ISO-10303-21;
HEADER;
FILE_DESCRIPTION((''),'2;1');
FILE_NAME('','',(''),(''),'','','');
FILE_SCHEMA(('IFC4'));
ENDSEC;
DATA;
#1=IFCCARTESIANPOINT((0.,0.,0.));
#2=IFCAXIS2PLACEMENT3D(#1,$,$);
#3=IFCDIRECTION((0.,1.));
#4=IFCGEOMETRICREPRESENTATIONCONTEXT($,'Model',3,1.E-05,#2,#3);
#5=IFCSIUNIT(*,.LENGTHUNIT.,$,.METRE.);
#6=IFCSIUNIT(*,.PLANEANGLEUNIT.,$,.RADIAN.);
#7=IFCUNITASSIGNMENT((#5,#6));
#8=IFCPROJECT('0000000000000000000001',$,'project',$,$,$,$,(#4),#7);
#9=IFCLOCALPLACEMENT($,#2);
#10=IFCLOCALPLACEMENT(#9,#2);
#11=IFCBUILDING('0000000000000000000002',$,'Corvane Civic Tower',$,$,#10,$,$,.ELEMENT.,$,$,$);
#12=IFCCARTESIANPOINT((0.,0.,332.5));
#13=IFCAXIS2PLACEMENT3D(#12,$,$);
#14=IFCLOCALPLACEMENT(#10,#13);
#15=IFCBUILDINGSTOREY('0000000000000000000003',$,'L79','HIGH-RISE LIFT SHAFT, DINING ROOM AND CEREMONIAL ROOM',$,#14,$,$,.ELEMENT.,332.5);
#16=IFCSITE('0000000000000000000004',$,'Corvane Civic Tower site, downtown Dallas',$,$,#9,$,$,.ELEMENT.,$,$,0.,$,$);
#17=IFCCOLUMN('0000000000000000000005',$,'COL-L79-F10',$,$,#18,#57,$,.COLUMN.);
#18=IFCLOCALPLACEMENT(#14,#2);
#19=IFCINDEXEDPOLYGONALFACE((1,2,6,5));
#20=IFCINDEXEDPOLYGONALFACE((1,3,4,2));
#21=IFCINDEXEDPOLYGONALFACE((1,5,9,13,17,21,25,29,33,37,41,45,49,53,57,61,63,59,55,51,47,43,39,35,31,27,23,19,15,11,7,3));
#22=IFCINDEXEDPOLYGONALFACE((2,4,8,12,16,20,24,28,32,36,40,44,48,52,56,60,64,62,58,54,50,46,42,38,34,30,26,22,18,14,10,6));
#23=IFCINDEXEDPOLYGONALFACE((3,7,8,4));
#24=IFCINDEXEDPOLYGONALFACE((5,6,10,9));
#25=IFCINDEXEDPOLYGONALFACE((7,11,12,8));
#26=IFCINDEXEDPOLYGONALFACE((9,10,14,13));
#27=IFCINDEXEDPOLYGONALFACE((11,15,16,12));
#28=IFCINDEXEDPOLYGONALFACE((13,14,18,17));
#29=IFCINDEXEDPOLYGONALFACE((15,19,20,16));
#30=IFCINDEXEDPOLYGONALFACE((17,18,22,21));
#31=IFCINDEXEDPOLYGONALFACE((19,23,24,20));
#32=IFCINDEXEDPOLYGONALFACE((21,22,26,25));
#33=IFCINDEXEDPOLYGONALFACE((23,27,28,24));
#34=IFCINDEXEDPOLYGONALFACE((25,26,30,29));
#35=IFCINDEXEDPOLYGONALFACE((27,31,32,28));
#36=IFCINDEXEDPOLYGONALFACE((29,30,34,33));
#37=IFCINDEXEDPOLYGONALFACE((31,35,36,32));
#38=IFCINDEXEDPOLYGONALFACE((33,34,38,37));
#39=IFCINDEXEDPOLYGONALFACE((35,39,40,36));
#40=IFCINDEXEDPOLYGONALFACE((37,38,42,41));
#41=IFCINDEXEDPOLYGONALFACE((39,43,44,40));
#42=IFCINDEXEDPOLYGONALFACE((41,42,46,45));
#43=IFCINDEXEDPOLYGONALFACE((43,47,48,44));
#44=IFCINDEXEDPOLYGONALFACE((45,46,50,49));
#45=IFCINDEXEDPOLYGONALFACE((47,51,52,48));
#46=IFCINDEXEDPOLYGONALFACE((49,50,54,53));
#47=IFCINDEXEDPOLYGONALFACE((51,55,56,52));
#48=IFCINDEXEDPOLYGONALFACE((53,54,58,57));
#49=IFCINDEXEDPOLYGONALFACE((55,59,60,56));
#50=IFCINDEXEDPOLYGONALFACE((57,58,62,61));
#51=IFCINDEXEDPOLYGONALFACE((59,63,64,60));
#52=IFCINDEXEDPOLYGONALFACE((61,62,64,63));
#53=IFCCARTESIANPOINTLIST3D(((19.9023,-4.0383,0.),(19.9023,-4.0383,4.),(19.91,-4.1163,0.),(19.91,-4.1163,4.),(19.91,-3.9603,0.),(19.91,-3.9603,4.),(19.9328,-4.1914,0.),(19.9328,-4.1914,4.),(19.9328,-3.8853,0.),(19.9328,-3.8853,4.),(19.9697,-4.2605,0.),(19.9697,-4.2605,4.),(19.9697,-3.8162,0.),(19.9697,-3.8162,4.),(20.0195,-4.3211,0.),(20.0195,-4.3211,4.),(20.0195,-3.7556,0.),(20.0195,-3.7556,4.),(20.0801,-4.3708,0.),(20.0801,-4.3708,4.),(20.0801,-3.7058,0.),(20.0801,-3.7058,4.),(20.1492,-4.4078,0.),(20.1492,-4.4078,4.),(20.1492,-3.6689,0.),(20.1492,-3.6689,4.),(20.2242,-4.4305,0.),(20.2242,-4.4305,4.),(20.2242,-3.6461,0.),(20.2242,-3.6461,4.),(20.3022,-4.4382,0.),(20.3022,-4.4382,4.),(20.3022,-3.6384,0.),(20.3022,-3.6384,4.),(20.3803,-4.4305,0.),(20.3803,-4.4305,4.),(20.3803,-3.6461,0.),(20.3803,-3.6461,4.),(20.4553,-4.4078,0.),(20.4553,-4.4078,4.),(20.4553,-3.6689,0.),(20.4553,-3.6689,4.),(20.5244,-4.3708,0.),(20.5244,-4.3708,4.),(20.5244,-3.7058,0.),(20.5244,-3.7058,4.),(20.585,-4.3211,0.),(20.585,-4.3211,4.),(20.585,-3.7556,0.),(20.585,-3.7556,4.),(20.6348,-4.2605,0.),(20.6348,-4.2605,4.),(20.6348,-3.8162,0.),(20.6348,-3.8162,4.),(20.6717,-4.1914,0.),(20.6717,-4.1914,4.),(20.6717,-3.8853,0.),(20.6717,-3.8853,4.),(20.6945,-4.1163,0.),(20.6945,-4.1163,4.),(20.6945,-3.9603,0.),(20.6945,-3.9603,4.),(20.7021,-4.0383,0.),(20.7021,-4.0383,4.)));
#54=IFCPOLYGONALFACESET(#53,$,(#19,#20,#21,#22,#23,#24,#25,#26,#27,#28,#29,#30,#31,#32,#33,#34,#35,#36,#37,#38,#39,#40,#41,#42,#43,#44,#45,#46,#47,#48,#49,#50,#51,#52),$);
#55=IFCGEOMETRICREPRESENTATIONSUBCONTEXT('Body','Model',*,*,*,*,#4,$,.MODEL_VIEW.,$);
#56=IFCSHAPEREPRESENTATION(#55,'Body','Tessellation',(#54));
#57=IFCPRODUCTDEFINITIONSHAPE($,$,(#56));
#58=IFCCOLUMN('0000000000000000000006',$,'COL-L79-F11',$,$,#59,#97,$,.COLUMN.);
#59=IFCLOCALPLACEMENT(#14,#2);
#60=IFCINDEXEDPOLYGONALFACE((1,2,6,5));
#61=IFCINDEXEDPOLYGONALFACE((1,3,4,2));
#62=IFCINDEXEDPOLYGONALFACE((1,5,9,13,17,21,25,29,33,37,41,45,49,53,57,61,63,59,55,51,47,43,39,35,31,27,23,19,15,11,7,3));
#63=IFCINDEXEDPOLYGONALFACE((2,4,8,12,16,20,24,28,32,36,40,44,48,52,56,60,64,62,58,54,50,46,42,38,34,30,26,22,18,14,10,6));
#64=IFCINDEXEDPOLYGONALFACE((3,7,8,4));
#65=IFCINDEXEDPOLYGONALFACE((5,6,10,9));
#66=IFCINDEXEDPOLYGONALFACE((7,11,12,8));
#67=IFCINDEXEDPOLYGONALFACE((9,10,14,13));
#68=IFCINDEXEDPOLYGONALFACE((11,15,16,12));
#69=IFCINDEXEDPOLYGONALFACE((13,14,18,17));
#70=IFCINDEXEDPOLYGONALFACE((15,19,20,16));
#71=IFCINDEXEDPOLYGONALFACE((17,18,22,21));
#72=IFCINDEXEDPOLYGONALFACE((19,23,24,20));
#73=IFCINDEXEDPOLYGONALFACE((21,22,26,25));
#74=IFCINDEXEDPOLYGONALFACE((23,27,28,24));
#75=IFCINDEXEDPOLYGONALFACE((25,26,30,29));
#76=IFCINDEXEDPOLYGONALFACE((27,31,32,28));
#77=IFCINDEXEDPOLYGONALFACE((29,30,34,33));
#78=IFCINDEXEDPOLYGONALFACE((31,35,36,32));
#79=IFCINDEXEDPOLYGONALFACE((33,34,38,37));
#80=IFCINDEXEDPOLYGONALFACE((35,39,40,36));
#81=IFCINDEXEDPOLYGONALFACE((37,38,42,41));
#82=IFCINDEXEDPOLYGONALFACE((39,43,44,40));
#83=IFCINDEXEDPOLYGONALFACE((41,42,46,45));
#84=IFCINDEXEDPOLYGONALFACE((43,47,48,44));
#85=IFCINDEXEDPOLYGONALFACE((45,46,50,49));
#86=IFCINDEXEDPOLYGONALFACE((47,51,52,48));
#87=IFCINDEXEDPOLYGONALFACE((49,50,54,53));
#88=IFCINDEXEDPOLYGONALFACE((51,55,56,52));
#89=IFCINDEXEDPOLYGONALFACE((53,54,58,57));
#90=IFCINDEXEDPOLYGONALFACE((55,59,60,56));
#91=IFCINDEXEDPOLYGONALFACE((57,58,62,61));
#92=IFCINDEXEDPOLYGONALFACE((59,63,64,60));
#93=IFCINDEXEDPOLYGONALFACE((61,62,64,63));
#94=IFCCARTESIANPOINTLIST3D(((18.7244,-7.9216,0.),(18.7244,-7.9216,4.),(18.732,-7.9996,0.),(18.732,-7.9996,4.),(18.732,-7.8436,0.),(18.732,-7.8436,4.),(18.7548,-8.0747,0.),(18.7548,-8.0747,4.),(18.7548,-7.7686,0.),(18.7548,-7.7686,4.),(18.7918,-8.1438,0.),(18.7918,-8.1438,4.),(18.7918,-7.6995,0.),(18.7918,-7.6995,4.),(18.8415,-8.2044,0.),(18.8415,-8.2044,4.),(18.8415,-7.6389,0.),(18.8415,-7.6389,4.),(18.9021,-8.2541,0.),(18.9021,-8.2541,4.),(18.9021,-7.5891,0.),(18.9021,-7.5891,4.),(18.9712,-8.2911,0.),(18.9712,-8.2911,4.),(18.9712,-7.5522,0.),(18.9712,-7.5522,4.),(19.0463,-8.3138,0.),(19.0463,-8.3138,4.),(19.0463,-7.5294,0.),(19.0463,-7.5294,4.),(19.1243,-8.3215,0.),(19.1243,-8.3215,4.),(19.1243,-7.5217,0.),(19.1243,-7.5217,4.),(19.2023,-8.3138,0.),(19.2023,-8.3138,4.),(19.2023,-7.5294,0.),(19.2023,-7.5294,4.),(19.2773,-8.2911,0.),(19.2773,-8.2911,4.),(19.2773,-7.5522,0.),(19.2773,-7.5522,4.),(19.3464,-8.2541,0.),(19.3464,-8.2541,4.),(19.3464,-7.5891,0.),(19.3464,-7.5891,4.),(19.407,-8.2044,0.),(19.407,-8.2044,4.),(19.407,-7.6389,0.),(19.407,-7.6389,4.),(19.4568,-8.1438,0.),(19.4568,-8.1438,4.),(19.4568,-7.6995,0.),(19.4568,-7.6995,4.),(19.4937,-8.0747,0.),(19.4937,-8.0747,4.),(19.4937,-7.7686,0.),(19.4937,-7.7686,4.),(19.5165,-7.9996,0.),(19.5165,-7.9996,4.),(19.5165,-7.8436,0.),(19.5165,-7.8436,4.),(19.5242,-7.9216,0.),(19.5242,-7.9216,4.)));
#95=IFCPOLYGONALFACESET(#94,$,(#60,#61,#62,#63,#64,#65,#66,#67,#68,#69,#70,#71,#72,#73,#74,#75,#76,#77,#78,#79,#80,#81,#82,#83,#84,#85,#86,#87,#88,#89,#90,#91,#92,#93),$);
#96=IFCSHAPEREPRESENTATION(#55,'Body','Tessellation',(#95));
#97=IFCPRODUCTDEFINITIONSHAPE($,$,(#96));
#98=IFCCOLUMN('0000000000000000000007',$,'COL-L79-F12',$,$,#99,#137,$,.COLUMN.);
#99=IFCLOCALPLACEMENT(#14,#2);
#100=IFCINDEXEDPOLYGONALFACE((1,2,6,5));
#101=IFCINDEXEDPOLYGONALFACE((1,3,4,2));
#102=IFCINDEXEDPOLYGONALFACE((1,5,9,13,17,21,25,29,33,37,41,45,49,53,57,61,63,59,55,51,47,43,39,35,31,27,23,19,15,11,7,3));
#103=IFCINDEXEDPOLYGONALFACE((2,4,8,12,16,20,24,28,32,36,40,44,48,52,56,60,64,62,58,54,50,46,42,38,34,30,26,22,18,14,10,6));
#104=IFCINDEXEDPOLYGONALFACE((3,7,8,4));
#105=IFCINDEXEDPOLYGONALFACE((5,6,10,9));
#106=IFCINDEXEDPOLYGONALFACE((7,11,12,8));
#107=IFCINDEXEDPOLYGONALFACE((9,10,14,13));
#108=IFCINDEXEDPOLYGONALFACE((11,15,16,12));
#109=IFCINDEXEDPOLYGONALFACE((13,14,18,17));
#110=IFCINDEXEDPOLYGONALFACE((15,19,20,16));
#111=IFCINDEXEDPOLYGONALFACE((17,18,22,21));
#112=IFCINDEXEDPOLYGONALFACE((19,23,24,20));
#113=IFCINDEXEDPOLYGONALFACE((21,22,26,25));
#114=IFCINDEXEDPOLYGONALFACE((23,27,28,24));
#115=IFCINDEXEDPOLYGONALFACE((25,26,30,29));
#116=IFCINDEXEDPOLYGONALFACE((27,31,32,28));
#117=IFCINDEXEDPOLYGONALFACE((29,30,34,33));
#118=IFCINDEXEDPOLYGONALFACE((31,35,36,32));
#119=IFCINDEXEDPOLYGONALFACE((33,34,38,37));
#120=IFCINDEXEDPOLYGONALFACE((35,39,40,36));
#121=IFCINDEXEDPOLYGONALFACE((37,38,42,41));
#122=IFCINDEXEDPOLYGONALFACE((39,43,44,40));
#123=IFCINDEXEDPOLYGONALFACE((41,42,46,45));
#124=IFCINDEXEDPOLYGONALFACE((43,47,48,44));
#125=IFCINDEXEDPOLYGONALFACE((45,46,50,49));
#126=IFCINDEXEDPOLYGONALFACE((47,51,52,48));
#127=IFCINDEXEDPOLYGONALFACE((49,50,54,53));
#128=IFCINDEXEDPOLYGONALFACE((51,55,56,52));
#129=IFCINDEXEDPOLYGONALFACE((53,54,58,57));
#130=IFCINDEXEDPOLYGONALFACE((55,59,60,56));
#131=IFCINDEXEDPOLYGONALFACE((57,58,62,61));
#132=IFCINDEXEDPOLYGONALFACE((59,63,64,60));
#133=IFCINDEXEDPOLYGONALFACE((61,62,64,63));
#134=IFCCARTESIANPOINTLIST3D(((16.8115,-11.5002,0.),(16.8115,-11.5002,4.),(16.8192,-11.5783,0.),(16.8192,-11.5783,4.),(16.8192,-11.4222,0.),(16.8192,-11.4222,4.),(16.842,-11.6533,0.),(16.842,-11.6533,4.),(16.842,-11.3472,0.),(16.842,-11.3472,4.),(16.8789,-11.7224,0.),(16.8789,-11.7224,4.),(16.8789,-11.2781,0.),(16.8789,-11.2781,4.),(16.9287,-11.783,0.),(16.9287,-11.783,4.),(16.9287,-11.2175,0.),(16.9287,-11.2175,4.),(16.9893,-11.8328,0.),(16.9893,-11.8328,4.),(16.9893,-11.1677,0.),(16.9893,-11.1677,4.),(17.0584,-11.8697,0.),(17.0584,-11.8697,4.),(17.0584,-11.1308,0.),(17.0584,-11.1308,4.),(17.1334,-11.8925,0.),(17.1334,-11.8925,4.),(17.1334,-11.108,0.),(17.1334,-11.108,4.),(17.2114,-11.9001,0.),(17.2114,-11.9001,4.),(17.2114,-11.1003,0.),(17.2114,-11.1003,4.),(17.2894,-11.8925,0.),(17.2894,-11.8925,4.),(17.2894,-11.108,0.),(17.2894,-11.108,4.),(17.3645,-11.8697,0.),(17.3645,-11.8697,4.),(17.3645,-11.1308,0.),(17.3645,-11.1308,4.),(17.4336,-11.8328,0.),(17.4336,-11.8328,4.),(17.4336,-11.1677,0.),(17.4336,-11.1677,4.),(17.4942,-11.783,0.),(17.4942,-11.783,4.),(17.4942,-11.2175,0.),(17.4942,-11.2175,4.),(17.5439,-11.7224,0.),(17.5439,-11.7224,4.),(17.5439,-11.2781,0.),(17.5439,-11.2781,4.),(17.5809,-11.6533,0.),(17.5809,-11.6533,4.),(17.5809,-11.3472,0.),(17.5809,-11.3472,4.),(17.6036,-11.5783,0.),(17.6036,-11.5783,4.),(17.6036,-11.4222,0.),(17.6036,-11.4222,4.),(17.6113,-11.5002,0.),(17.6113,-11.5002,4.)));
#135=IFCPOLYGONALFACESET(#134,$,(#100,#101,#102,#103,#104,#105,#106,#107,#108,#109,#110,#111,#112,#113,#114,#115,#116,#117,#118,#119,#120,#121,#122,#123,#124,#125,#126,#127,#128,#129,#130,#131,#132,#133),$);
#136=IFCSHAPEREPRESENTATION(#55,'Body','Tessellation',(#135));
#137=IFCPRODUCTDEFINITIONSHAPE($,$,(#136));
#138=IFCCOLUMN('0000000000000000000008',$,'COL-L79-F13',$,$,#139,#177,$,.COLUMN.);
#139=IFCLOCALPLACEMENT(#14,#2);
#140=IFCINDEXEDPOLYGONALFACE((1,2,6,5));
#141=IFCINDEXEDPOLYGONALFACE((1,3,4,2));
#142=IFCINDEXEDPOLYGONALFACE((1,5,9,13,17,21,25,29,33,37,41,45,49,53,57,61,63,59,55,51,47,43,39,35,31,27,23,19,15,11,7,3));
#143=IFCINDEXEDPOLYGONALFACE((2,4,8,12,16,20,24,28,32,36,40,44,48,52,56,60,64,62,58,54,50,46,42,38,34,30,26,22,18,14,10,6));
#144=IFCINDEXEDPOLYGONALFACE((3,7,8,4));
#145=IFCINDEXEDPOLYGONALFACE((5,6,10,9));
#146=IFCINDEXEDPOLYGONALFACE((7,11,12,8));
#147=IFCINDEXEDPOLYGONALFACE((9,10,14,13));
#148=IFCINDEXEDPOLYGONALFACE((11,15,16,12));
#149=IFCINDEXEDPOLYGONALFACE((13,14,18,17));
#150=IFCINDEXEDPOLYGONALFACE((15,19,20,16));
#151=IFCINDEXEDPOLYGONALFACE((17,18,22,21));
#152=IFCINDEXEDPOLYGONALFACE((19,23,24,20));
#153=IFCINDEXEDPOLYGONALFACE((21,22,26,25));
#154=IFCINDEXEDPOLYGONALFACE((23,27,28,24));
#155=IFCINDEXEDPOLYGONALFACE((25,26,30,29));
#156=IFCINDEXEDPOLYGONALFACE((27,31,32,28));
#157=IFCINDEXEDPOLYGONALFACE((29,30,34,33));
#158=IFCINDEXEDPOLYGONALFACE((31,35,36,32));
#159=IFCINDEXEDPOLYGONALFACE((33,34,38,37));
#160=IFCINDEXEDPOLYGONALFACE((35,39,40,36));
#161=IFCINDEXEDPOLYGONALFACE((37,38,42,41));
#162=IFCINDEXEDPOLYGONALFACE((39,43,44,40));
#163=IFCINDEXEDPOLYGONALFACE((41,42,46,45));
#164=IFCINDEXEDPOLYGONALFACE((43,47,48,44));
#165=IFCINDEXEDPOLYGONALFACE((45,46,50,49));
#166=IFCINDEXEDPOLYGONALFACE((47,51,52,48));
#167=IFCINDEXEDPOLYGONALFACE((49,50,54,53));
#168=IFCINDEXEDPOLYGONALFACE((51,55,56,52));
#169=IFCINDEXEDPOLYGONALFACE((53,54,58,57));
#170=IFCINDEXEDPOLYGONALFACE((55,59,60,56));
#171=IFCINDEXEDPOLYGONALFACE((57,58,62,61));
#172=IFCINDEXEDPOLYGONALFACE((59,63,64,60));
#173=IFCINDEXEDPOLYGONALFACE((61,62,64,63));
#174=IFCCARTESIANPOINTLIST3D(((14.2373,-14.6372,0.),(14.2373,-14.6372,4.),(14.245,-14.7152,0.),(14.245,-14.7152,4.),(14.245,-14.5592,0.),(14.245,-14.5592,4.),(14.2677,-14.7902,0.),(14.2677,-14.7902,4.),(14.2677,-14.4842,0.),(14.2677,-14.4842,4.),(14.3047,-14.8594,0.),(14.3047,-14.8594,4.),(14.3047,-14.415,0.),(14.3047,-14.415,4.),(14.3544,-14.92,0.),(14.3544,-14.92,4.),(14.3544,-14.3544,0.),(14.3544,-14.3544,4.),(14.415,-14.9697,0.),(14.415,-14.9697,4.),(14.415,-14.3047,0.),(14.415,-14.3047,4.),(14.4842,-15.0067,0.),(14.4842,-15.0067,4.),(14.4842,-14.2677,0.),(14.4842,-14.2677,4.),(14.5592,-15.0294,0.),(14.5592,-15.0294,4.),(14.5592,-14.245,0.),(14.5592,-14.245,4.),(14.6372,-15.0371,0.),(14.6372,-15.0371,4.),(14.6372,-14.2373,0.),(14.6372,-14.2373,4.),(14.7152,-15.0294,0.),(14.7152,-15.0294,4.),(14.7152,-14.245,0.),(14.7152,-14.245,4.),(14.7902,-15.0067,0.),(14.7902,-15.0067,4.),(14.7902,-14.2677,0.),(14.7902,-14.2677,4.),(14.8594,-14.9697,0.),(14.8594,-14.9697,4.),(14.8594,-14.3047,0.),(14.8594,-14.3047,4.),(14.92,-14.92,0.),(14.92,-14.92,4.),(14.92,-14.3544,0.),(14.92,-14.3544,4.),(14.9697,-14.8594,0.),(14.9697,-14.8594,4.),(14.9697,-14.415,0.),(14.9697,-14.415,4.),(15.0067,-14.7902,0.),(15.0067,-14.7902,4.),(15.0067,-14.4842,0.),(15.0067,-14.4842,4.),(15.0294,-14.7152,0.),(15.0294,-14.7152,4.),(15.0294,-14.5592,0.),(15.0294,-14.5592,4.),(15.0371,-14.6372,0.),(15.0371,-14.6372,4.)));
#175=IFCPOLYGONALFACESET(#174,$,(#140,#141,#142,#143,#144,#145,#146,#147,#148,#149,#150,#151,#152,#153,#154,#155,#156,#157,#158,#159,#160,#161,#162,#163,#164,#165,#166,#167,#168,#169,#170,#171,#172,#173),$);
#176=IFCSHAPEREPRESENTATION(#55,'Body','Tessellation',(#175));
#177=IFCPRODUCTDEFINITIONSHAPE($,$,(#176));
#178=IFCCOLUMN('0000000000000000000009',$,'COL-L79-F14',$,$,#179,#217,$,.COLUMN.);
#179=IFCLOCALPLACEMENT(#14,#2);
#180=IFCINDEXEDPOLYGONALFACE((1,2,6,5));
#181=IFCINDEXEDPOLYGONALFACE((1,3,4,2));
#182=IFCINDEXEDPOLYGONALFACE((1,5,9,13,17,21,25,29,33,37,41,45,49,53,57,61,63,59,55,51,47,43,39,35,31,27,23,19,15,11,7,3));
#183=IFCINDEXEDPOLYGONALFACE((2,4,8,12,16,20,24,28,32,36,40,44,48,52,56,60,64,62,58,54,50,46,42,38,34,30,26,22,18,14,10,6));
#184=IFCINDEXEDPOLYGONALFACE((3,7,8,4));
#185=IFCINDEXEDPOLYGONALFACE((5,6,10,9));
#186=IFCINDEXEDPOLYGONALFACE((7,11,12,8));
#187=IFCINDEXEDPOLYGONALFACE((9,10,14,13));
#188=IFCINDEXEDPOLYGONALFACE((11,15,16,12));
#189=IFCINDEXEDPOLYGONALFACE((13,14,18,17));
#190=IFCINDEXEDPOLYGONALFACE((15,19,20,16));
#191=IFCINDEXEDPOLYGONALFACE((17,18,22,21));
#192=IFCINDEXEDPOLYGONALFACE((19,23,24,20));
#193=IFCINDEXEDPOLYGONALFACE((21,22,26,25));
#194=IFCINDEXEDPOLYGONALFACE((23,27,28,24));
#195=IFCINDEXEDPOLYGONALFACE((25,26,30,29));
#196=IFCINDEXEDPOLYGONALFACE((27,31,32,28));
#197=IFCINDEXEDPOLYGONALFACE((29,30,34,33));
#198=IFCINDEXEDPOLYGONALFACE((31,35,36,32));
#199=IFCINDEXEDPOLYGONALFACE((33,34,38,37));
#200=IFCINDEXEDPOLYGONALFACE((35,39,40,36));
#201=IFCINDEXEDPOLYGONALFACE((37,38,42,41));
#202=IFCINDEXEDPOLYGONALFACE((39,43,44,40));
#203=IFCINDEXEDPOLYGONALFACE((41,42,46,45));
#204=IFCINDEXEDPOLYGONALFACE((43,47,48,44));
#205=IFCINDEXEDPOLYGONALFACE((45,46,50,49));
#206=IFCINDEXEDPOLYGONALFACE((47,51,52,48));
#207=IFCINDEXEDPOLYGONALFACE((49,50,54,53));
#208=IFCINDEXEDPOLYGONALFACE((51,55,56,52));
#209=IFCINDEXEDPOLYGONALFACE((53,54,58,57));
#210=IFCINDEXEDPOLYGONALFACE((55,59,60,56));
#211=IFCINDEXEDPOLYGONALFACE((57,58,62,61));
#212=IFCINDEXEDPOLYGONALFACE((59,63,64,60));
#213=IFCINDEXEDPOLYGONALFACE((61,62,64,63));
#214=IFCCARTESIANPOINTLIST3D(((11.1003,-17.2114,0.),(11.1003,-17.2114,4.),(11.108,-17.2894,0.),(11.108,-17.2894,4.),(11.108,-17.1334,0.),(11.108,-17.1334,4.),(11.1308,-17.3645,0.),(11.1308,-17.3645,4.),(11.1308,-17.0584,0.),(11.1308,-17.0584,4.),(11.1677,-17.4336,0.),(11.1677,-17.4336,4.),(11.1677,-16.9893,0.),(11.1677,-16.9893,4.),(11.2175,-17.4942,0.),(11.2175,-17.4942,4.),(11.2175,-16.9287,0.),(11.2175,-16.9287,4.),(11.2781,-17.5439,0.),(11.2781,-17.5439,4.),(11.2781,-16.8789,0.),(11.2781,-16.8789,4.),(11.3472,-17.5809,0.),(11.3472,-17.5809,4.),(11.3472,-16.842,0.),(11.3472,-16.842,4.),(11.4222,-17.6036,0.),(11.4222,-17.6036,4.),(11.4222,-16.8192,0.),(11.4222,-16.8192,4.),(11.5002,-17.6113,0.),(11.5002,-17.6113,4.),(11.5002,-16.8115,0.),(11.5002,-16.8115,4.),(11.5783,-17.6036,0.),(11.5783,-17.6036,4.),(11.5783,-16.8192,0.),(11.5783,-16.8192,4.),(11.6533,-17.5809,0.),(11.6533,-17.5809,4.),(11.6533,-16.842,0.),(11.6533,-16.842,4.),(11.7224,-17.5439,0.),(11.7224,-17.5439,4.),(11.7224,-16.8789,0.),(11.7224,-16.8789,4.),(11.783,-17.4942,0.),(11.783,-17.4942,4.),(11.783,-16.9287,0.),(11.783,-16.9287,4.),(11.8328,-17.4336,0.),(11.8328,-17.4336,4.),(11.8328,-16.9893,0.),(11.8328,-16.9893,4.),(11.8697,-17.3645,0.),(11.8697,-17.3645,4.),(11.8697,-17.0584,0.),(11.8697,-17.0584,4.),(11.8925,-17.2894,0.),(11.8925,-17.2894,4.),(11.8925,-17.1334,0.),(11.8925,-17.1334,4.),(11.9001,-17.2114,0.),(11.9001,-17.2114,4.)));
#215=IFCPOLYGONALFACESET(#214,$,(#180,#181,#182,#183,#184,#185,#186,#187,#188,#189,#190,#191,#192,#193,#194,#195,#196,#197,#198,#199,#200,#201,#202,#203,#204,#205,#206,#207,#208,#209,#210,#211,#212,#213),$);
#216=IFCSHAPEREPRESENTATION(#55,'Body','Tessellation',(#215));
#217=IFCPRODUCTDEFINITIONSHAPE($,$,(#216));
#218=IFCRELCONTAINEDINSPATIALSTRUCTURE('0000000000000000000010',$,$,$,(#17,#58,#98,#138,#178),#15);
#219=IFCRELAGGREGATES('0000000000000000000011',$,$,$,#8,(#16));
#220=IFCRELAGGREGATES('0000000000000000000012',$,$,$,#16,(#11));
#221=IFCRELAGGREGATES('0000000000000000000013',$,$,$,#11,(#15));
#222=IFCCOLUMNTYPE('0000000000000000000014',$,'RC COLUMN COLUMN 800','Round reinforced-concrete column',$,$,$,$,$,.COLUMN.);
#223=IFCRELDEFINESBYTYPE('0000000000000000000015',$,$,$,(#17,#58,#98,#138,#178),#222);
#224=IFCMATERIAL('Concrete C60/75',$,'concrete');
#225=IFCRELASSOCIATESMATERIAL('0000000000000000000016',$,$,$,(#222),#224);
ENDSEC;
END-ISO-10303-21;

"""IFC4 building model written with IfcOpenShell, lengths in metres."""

from ifc_helpers import new_model, si_unit, direction, frame, origin, origin_2d, place, context, subcontext, project, spatial, circle, extrude, material, material_profile, profile_set, type_object, element, save


model = new_model("IFC4")

# Units and contexts
model_context = context("Model", 3, precision=1e-05, world=origin(), true_north=direction((0.0, 1.0)))
body_context = subcontext(model_context, "Body", "Model", "MODEL_VIEW")
ifc_project = project(units=[si_unit("LENGTHUNIT", "METRE"), si_unit("PLANEANGLEUNIT", "RADIAN")], contexts=[model_context])

# Site, building, storey
site_placement = place(None, origin())
site = spatial("IfcSite", under=ifc_project, at=site_placement, Name="Corvane Civic Tower site, downtown Dallas", CompositionType="ELEMENT", RefElevation=0.0)
building_placement = place(site_placement, origin())
building = spatial("IfcBuilding", under=site, at=building_placement, Name="Corvane Civic Tower", CompositionType="ELEMENT")
storey_placement = place(building_placement, frame((0.0, 0.0, 332.5)))
storey = spatial("IfcBuildingStorey", under=building, at=storey_placement, Name="L79", Description="HIGH-RISE LIFT SHAFT, DINING ROOM AND CEREMONIAL ROOM", CompositionType="ELEMENT", Elevation=332.5)

# Columns
ifc_material_1 = material(Name="Concrete C60/75", Category="concrete")
ifc_material_profile_1 = material_profile(ifc_material_1, circle(Radius=0.3999, at=origin_2d()), Name="COLUMN 800")
ifc_profile_set_1 = profile_set([ifc_material_profile_1], Name="Concrete C60/75")
column_type = type_object("IfcColumnType", Name="RC COLUMN COLUMN 800", Description="Round reinforced-concrete column", PredefinedType="COLUMN", material=ifc_profile_set_1)
for number, where, z_axis, x_axis, name in (
    (1, (20.3022, -4.0383, 0.0), (0.0, 0.0, 1.0), (1.0, 0.0, 0.0), "COL-L79-F10"),
    (2, (19.1243, -7.9216, 0.0), (0.0, 0.0, 1.0), (1.0, 0.0, 0.0), "COL-L79-F11"),
    (3, (17.2114, -11.5002, 0.0), (0.0, 0.0, 1.0), (1.0, 0.0, 0.0), "COL-L79-F12"),
    (4, (14.6372, -14.6372, 0.0), (0.0, 0.0, 1.0), (1.0, 0.0, 0.0), "COL-L79-F13"),
    (5, (11.5002, -17.2114, 0.0), (0.0, 0.0, 1.0), (1.0, 0.0, 0.0), "COL-L79-F14"),
):
    element("IfcColumn", number, at=place(storey_placement, frame(where, z_axis=z_axis, x_axis=x_axis)), inside=storey, type_object=column_type, Name=name, PredefinedType="COLUMN", context=body_context, shape_type="SweptSolid", body=[
        extrude(circle(Radius=0.3999, at=origin_2d()), origin(), (0.0, 0.0, 1.0), 4.0),
    ])

save(model, "model.ifc")
